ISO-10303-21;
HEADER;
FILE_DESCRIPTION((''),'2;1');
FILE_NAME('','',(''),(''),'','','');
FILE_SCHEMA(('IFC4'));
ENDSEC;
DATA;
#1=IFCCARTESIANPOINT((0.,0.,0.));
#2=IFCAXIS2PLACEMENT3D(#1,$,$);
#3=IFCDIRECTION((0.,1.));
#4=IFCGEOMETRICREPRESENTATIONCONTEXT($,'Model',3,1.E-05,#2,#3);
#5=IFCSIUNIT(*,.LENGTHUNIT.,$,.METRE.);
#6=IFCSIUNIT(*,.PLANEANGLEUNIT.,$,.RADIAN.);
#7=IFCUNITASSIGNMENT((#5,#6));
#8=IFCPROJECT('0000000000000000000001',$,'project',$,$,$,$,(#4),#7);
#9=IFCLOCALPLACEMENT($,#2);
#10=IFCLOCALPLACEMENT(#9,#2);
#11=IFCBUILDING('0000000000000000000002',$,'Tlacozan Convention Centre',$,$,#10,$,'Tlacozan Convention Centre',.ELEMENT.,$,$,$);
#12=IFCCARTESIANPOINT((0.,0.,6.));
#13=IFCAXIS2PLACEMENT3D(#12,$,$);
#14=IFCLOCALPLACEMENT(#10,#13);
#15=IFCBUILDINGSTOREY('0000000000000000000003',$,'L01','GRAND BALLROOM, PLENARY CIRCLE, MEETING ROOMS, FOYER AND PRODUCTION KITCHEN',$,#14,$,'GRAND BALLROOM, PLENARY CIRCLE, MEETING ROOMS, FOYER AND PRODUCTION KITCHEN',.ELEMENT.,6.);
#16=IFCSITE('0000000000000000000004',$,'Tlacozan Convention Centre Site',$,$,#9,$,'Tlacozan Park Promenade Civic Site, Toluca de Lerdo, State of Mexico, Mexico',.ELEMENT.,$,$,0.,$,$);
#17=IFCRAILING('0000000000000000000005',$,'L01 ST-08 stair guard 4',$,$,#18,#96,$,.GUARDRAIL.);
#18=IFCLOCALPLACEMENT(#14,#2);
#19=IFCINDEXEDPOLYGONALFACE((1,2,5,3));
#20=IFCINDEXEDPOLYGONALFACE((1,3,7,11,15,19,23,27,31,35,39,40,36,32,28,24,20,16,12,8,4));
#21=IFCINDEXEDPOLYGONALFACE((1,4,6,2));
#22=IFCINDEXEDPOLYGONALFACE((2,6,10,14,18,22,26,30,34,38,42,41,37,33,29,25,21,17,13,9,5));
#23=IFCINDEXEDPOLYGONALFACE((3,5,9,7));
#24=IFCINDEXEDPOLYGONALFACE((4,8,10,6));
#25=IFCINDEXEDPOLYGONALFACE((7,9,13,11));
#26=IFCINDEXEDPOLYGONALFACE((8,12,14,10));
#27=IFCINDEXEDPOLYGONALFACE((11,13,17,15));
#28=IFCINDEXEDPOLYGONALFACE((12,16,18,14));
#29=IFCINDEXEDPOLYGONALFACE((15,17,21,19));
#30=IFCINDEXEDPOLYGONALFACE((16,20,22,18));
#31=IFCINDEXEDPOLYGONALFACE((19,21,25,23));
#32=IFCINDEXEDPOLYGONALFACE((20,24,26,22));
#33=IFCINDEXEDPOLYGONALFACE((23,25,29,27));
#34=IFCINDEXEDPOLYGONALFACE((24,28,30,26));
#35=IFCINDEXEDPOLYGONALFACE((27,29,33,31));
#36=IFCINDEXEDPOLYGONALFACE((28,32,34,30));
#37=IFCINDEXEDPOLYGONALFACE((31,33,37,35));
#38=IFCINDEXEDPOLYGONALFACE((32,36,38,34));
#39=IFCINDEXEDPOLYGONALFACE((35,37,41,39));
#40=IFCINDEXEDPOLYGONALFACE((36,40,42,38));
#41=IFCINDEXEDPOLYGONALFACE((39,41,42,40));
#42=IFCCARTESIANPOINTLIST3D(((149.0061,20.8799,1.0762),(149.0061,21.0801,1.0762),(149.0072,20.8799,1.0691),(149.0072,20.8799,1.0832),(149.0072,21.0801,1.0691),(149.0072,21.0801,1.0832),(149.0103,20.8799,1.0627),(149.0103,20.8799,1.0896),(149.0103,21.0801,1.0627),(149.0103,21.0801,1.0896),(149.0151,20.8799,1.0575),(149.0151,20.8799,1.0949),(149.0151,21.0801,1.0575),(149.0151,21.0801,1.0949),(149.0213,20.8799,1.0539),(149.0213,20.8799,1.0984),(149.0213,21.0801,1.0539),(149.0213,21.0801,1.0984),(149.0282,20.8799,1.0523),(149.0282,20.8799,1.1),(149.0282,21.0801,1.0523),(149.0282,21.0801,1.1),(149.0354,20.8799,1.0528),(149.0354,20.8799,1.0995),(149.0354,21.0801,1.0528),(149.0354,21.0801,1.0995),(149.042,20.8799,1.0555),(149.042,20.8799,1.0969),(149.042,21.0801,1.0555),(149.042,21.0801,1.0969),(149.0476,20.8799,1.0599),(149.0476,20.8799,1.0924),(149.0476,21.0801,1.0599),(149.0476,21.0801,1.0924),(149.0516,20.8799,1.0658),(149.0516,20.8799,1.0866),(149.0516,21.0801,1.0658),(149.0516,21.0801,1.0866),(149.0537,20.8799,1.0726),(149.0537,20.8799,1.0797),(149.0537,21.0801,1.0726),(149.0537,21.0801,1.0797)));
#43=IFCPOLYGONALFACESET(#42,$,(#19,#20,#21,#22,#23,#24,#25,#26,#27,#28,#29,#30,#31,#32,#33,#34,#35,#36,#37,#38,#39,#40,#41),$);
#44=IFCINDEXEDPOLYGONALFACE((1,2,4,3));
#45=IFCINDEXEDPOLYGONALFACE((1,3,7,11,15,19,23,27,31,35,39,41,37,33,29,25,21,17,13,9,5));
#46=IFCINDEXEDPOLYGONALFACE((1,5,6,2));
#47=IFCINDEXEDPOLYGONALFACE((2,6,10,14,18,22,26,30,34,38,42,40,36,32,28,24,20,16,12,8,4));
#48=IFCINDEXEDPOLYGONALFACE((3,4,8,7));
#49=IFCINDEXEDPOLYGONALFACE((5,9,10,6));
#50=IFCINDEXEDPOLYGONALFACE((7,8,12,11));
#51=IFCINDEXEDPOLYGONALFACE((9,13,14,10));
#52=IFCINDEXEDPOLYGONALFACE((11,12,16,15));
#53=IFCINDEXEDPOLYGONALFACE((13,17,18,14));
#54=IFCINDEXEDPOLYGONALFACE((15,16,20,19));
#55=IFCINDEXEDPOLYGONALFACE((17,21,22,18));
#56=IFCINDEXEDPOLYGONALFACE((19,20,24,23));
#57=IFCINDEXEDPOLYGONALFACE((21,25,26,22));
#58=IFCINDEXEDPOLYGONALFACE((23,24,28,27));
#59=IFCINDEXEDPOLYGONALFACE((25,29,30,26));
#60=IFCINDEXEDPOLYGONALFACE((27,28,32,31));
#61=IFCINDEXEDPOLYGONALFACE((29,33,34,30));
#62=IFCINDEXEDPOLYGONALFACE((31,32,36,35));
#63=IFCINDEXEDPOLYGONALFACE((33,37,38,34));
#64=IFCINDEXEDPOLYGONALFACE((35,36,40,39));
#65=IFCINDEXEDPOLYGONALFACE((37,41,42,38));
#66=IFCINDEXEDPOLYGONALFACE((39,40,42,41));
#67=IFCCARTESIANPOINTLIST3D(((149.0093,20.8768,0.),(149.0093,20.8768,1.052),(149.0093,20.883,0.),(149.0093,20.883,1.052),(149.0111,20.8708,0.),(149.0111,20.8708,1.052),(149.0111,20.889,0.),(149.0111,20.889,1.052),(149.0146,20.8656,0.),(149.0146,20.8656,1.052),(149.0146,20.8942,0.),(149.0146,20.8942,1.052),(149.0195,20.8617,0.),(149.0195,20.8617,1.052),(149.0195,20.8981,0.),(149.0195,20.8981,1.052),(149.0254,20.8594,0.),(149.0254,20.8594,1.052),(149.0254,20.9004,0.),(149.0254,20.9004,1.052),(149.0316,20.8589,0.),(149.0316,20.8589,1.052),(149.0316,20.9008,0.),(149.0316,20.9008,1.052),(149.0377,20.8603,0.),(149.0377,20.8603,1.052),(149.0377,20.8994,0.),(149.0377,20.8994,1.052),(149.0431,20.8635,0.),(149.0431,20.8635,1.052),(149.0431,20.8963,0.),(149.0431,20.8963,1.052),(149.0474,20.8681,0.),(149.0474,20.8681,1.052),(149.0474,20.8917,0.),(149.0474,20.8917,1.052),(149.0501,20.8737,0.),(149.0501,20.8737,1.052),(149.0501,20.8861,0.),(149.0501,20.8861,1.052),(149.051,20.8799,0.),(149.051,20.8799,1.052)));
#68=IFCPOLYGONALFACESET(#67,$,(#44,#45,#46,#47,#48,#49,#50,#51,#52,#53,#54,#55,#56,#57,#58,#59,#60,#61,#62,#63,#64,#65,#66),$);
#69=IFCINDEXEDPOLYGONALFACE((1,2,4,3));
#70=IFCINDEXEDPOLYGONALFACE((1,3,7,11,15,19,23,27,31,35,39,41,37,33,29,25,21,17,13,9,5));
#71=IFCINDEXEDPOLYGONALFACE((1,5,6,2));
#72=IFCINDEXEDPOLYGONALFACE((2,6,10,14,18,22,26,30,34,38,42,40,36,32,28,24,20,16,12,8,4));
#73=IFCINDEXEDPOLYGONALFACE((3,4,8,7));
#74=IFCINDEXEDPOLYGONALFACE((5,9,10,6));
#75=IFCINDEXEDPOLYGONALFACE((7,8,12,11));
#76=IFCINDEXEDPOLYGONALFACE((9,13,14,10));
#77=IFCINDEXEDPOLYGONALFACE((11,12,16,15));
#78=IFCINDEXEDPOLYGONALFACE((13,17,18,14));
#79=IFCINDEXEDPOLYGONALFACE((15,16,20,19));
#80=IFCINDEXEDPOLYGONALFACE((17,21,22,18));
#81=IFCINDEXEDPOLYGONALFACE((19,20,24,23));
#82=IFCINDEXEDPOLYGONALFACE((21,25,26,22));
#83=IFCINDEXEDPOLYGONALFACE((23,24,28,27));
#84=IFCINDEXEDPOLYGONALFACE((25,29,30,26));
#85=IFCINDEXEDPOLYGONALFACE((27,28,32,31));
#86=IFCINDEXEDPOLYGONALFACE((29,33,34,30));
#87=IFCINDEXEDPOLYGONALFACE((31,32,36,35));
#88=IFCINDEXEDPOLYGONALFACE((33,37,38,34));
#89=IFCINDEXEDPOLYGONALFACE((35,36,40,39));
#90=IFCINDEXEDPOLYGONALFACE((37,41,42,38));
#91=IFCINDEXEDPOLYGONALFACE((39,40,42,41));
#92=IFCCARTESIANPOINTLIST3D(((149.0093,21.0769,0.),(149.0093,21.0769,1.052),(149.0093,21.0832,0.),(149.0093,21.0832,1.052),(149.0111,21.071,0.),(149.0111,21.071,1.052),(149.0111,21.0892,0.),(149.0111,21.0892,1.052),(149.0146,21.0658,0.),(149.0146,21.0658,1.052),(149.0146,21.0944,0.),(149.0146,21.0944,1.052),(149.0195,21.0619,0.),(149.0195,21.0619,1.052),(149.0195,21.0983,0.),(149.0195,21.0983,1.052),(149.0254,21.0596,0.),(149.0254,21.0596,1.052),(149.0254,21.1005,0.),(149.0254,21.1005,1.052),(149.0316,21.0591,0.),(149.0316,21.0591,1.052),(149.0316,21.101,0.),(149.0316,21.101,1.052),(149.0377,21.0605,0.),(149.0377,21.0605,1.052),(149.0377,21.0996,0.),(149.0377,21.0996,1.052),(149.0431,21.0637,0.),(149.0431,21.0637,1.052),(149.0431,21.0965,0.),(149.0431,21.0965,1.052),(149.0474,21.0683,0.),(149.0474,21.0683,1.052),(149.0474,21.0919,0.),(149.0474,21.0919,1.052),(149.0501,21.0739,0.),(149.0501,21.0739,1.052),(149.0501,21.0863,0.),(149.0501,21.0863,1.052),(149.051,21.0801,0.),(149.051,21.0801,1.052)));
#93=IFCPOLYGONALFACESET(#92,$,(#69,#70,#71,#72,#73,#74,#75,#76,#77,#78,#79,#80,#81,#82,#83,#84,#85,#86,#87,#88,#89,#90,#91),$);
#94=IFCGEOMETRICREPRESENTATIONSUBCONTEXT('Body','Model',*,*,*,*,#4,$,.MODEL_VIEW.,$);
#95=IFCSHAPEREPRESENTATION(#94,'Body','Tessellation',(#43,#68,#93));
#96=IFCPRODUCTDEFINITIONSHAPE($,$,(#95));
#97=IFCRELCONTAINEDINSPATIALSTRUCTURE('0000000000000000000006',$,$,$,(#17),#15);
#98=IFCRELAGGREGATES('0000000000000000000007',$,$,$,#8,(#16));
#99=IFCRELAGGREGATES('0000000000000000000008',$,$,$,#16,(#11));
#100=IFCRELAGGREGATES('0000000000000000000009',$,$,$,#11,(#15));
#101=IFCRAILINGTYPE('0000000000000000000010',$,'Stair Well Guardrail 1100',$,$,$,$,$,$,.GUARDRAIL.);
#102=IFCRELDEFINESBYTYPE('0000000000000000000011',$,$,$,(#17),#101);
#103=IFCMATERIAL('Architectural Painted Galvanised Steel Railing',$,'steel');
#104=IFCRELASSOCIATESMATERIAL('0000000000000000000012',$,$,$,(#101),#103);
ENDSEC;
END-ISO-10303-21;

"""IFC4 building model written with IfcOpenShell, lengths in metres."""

from ifc_helpers import new_model, si_unit, direction, frame, origin, origin_2d, place, context, subcontext, project, spatial, circle, extrude, material, type_object, element, save


model = new_model("IFC4")

# Units and contexts
model_context = context("Model", 3, precision=1e-05, world=origin(), true_north=direction((0.0, 1.0)))
body_context = subcontext(model_context, "Body", "Model", "MODEL_VIEW")
ifc_project = project(units=[si_unit("LENGTHUNIT", "METRE"), si_unit("PLANEANGLEUNIT", "RADIAN")], contexts=[model_context])

# Site, building, storey
site_placement = place(None, origin())
site = spatial("IfcSite", under=ifc_project, at=site_placement, Name="Tlacozan Convention Centre Site", LongName="Tlacozan Park Promenade Civic Site, Toluca de Lerdo, State of Mexico, Mexico", CompositionType="ELEMENT", RefElevation=0.0)
building_placement = place(site_placement, origin())
building = spatial("IfcBuilding", under=site, at=building_placement, Name="Tlacozan Convention Centre", LongName="Tlacozan Convention Centre", CompositionType="ELEMENT")
storey_placement = place(building_placement, frame((0.0, 0.0, 6.0)))
storey = spatial("IfcBuildingStorey", under=building, at=storey_placement, Name="L01", Description="GRAND BALLROOM, PLENARY CIRCLE, MEETING ROOMS, FOYER AND PRODUCTION KITCHEN", LongName="GRAND BALLROOM, PLENARY CIRCLE, MEETING ROOMS, FOYER AND PRODUCTION KITCHEN", CompositionType="ELEMENT", Elevation=6.0)

# Railing
ifc_material_1 = material(Name="Architectural Painted Galvanised Steel Railing", Category="steel")
railing_type_1 = type_object("IfcRailingType", Name="Stair Well Guardrail 1100", PredefinedType="GUARDRAIL", material=ifc_material_1)
railing_1_placement = place(storey_placement, frame((149.03, 20.8799, 0.0)))
element("IfcRailing", 1, at=railing_1_placement, inside=storey, type_object=railing_type_1, Name="L01 ST-08 stair guard 4", PredefinedType="GUARDRAIL", context=body_context, shape_type="SweptSolid", body=[
    extrude(circle(Radius=0.0239, at=origin_2d()), frame((0.0, 0.0, 1.0762), z_axis=(0.0, 1.0, 0.0), x_axis=(-1.0, 0.0, 0.0)), (0.0, 0.0, 1.0), 0.2002),
    extrude(circle(Radius=0.021, at=origin_2d()), origin(), (0.0, 0.0, 1.0), 1.052),
    extrude(circle(Radius=0.021, at=origin_2d()), frame((0.0, 0.2002, 0.0)), (0.0, 0.0, 1.0), 1.052),
])

save(model, "model.ifc")
